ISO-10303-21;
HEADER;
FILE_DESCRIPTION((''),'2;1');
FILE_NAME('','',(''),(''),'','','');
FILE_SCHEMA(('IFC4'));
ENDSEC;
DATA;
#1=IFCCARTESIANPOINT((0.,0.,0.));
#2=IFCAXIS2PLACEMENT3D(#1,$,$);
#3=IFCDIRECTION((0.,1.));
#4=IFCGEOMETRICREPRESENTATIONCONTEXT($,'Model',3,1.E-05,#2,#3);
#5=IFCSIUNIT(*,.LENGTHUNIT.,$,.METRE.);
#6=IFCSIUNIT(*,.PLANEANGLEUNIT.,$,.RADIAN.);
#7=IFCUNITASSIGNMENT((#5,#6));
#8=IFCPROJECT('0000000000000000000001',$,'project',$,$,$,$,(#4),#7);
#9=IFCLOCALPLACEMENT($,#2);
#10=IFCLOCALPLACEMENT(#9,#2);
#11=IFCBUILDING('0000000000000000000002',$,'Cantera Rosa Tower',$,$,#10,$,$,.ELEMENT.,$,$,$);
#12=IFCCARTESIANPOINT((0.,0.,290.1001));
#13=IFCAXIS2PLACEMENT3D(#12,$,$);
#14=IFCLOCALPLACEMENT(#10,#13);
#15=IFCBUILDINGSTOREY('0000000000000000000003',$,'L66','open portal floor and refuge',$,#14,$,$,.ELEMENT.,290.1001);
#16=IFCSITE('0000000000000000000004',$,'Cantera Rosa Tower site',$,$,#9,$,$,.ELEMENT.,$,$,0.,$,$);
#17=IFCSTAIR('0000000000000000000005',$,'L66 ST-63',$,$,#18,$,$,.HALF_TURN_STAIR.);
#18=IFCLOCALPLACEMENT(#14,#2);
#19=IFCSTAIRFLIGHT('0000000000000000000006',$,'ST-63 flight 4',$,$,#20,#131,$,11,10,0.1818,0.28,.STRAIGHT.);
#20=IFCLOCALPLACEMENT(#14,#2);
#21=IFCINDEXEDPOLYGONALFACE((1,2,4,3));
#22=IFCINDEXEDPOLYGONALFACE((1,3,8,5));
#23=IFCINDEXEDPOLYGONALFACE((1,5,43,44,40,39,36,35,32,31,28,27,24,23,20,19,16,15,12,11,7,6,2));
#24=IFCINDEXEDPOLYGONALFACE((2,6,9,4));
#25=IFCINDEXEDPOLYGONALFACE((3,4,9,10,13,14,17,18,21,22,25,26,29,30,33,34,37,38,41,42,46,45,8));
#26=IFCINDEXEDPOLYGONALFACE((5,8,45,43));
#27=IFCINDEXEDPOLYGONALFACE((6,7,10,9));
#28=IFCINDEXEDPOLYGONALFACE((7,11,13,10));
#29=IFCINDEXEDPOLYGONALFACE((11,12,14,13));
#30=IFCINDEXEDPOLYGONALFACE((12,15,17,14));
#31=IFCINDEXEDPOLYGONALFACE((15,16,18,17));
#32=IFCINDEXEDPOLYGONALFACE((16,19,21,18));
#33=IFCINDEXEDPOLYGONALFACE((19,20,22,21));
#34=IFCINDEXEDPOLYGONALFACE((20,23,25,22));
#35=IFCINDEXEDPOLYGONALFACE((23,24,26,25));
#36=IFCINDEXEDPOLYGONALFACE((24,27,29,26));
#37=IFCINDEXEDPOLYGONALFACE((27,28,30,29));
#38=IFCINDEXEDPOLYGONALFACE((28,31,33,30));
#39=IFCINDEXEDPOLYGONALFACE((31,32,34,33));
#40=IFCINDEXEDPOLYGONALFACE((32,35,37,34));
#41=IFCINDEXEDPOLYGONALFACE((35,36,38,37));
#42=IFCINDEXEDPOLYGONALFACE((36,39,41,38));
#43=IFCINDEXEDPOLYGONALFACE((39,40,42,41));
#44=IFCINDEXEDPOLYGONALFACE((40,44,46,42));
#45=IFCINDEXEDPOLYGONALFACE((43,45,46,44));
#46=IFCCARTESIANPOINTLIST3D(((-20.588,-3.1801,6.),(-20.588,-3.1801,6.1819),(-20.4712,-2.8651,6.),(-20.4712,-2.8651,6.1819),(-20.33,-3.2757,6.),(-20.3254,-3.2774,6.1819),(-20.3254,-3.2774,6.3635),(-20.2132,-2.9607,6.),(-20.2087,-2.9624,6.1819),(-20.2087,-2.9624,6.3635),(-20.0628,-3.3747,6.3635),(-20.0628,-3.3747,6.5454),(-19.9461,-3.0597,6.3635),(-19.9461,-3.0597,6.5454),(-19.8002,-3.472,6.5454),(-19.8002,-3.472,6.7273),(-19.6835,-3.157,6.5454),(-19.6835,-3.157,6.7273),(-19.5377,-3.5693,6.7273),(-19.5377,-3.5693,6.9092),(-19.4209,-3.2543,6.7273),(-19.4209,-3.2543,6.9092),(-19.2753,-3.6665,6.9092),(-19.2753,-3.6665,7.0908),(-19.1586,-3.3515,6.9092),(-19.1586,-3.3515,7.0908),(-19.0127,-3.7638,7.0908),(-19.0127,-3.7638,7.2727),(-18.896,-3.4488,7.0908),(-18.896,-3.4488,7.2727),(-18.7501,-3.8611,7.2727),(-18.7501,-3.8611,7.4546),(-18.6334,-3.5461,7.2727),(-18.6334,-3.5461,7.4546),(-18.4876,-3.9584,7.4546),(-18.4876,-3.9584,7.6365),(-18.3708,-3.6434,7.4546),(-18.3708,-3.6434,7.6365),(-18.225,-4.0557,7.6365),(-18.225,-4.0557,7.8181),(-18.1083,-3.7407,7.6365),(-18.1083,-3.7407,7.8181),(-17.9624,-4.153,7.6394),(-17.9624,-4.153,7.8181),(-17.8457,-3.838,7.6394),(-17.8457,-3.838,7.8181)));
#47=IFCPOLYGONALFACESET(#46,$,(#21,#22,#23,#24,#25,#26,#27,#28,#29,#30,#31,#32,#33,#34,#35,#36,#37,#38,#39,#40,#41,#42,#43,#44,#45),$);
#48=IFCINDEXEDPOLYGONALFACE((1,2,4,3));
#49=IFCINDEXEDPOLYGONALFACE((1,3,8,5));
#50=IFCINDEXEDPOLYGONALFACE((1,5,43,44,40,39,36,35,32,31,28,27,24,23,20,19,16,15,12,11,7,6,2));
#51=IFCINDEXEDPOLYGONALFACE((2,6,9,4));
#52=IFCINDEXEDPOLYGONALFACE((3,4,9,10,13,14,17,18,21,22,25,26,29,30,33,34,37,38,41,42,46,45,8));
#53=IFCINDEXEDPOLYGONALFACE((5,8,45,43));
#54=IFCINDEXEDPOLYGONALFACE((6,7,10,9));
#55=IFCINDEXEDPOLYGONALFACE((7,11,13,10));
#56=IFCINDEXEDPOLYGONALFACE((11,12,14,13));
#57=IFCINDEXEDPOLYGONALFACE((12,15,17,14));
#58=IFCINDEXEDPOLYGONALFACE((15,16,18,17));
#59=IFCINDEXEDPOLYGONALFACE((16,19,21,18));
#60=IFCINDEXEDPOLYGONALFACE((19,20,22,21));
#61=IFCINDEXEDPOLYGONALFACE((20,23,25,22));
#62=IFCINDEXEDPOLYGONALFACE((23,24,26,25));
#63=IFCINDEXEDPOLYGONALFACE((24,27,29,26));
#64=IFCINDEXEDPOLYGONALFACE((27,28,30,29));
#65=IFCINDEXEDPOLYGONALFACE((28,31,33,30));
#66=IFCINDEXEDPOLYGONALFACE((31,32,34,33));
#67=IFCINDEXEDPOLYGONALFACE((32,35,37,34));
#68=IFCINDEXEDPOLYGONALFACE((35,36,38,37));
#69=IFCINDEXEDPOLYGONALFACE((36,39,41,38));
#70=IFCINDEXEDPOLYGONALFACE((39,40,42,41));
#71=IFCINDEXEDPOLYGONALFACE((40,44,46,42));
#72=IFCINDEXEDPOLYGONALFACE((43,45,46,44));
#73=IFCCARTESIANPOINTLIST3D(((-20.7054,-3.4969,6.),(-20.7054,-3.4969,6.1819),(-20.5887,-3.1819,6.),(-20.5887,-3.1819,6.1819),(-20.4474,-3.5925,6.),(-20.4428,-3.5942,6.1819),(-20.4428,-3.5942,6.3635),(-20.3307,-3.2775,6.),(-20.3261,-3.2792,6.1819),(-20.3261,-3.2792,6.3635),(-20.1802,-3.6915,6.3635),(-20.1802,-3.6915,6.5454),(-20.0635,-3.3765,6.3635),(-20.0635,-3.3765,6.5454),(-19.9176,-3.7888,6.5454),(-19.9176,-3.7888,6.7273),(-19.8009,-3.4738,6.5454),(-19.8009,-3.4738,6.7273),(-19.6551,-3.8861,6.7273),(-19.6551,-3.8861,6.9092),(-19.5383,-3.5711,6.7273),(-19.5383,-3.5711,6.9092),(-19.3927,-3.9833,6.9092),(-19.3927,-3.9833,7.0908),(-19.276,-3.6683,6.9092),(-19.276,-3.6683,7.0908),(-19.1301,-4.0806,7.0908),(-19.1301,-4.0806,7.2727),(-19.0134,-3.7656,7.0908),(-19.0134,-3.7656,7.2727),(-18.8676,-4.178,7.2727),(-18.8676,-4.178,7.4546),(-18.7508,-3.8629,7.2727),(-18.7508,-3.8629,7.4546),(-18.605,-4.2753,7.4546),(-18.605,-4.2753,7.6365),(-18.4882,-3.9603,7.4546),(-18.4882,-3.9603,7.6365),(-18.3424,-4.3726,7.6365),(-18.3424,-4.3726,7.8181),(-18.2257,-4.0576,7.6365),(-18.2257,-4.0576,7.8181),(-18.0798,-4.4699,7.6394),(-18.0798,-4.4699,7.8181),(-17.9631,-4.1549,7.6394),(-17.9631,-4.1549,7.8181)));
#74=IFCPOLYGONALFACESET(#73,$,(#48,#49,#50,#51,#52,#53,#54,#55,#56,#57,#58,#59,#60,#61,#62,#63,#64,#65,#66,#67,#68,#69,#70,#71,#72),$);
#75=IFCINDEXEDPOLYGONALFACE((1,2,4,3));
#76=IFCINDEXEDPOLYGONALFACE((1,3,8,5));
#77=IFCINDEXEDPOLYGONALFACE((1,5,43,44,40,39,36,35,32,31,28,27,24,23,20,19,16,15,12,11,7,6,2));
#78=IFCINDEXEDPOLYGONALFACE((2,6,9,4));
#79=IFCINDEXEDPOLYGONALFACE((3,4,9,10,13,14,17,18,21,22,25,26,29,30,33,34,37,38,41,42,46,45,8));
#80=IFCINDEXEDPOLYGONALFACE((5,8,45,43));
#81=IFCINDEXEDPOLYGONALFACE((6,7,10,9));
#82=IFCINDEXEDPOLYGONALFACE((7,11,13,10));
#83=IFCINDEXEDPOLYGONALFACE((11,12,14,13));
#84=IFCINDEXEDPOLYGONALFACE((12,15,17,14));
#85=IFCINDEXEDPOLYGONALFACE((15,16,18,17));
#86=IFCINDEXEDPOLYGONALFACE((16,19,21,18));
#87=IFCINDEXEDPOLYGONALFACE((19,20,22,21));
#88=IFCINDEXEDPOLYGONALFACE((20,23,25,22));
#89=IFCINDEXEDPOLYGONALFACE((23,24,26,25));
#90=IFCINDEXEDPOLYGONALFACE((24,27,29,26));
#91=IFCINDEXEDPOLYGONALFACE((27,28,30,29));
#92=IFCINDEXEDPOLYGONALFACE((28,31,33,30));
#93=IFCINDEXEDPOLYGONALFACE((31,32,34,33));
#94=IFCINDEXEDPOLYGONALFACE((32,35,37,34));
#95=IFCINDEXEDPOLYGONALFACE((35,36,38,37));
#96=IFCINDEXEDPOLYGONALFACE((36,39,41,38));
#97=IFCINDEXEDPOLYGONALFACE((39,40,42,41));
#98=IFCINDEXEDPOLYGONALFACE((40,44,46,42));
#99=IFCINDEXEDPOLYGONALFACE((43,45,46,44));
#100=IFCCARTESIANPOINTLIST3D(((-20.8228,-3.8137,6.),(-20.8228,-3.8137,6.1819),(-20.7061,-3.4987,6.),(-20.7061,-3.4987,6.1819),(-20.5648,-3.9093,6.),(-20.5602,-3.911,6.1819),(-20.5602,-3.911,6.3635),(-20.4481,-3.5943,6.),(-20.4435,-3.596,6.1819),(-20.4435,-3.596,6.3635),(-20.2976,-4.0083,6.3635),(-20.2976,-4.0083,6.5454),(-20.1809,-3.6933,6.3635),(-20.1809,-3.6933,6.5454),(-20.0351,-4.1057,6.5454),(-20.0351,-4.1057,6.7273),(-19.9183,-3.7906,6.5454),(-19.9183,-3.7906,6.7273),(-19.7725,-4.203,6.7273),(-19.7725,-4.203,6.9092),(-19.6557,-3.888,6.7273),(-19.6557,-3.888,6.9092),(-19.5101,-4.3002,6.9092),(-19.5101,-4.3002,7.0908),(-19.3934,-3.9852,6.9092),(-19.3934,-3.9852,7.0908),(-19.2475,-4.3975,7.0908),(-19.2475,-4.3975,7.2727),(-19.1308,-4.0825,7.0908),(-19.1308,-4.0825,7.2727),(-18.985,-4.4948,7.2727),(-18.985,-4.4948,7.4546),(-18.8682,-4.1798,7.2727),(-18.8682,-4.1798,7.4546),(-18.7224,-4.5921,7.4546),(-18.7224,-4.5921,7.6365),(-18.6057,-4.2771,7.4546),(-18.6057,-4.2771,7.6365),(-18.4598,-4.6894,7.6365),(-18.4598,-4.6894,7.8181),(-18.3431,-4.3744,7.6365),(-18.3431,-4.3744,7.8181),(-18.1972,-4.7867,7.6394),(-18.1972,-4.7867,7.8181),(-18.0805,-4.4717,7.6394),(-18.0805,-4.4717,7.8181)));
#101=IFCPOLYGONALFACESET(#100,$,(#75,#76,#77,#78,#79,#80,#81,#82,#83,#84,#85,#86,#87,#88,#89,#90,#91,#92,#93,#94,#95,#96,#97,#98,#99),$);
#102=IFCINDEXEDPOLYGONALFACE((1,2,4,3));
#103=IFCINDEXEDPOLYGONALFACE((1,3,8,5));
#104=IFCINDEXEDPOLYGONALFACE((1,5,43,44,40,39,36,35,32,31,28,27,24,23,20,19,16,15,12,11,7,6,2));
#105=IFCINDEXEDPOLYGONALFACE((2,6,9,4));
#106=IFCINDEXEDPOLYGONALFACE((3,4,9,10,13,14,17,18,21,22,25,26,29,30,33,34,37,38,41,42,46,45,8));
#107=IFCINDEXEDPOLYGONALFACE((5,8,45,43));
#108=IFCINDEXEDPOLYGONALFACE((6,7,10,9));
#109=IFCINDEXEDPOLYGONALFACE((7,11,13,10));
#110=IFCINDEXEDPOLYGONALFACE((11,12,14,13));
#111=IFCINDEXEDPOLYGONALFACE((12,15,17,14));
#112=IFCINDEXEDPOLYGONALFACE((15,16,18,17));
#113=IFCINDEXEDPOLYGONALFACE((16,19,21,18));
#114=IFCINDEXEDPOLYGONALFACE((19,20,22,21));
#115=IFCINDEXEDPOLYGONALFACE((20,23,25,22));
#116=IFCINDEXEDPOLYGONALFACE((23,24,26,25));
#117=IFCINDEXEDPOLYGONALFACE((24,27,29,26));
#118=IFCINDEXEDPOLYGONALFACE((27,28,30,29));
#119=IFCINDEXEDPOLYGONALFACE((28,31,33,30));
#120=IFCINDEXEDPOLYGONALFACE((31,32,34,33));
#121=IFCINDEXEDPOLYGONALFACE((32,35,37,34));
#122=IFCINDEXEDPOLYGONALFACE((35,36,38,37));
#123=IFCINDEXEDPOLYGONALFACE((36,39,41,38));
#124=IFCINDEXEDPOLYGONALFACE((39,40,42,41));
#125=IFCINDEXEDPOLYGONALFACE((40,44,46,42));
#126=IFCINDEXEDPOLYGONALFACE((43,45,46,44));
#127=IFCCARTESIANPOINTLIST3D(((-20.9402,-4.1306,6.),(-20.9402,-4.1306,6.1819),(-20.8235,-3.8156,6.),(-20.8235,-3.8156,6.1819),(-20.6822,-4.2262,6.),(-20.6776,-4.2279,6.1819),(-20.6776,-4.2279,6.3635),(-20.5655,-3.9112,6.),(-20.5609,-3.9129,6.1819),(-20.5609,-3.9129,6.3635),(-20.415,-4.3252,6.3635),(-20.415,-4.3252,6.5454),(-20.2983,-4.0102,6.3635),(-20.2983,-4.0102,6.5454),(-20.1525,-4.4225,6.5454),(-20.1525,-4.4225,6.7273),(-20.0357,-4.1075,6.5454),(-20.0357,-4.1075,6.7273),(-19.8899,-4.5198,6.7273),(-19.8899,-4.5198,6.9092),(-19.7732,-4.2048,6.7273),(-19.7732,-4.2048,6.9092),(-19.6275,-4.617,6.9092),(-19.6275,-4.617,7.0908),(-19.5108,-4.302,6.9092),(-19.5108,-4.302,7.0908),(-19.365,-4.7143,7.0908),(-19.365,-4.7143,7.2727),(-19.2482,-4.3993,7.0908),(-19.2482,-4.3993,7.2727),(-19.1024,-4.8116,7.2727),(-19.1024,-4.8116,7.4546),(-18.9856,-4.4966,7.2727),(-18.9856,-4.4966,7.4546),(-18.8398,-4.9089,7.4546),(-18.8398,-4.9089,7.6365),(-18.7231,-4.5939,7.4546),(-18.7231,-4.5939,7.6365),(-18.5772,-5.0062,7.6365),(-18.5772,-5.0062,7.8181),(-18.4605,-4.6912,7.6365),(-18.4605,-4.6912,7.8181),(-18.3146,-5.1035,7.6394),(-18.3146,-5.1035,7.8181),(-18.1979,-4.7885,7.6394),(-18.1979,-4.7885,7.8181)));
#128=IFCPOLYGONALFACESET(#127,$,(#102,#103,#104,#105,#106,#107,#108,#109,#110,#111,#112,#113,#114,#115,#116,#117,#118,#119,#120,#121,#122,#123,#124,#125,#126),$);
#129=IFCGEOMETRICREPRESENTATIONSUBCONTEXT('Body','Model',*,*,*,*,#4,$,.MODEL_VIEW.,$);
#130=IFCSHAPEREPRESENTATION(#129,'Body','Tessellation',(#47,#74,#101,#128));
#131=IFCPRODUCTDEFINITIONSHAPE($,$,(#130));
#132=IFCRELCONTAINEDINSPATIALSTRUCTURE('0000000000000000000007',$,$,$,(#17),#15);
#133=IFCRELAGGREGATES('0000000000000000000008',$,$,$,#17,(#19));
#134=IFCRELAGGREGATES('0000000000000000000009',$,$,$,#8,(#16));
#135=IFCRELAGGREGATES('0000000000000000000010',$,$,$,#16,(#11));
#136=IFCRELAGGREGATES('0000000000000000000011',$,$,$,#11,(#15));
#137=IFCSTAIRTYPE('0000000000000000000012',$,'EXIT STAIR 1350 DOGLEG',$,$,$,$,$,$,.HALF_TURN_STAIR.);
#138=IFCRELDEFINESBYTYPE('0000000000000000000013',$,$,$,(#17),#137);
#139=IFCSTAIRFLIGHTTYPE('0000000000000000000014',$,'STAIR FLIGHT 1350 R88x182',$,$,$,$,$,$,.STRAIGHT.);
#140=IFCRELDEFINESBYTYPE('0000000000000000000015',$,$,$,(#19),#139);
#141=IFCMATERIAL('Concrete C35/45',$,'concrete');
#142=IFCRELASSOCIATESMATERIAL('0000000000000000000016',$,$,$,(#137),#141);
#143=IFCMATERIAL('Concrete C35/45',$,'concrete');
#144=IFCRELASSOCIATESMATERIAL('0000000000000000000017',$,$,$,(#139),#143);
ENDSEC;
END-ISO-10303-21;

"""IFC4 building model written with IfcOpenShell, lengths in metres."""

from ifc_helpers import new_model, si_unit, direction, frame, origin, place, context, subcontext, project, spatial, polyline, outline, extrude, material, type_object, element, aggregate, save


model = new_model("IFC4")

# Units and contexts
model_context = context("Model", 3, precision=1e-05, world=origin(), true_north=direction((0.0, 1.0)))
body_context = subcontext(model_context, "Body", "Model", "MODEL_VIEW")
ifc_project = project(units=[si_unit("LENGTHUNIT", "METRE"), si_unit("PLANEANGLEUNIT", "RADIAN")], contexts=[model_context])

# Site, building, storey
site_placement = place(None, origin())
site = spatial("IfcSite", under=ifc_project, at=site_placement, Name="Cantera Rosa Tower site", CompositionType="ELEMENT", RefElevation=0.0)
building_placement = place(site_placement, origin())
building = spatial("IfcBuilding", under=site, at=building_placement, Name="Cantera Rosa Tower", CompositionType="ELEMENT")
storey_placement = place(building_placement, frame((0.0, 0.0, 290.1001)))
storey = spatial("IfcBuildingStorey", under=building, at=storey_placement, Name="L66", Description="open portal floor and refuge", CompositionType="ELEMENT", Elevation=290.1001)

# Stair, stair flight
ifc_material_1 = material(Name="Concrete C35/45", Category="concrete")
stair_type = type_object("IfcStairType", Name="EXIT STAIR 1350 DOGLEG", PredefinedType="HALF_TURN_STAIR", material=ifc_material_1)
stair_placement = place(storey_placement, origin())
stair = element("IfcStair", 1, at=stair_placement, inside=storey, type_object=stair_type, Name="L66 ST-63", PredefinedType="HALF_TURN_STAIR")
ifc_material_2 = material(Name="Concrete C35/45", Category="concrete")
stair_flight_type = type_object("IfcStairFlightType", Name="STAIR FLIGHT 1350 R88x182", PredefinedType="STRAIGHT", material=ifc_material_2)
stair_flight_1_placement = place(storey_placement, frame((-20.7058, -3.498, 6.0), z_axis=(0.0, 0.0, 1.0), x_axis=(0.937687, -0.347481, 0.0)))
stair_flight_1 = element("IfcStairFlight", 2, at=stair_flight_1_placement, type_object=stair_flight_type, Name="ST-63 flight 4", NumberOfRisers=11, NumberOfTreads=10, PredefinedType="STRAIGHT", RiserHeight=0.1818, TreadLength=0.28, context=body_context, shape_type="SweptSolid", body=[
    extrude(outline(polyline([(0.0, 0.0), (0.0, 0.1819), (0.28, 0.1819), (0.28, 0.3635), (0.5601, 0.3635), (0.5601, 0.5454), (0.8401, 0.5454), (0.8401, 0.7273), (1.1201, 0.7273), (1.1201, 0.9092), (1.3999, 0.9092), (1.3999, 1.0908), (1.6799, 1.0908), (1.6799, 1.2727), (1.96, 1.2727), (1.96, 1.4546), (2.24, 1.4546), (2.24, 1.6365), (2.52, 1.6365), (2.52, 1.8181), (2.8, 1.8181), (2.8, 2.0), (2.8, 1.6394), (0.2751, 0.0), (0.0, 0.0)])), frame((0.0, 0.675, 0.0), z_axis=(0.0, -1.0, 0.0), x_axis=(1.0, 0.0, 0.0)), (0.0, 0.0, 1.0), 0.3359),
    extrude(outline(polyline([(0.0, 0.0), (0.0, 0.1819), (0.28, 0.1819), (0.28, 0.3635), (0.5601, 0.3635), (0.5601, 0.5454), (0.8401, 0.5454), (0.8401, 0.7273), (1.1201, 0.7273), (1.1201, 0.9092), (1.3999, 0.9092), (1.3999, 1.0908), (1.6799, 1.0908), (1.6799, 1.2727), (1.96, 1.2727), (1.96, 1.4546), (2.24, 1.4546), (2.24, 1.6365), (2.52, 1.6365), (2.52, 1.8181), (2.8, 1.8181), (2.8, 2.0), (2.8, 1.6394), (0.2751, 0.0), (0.0, 0.0)])), frame((0.0, 0.3372, 0.0), z_axis=(0.0, -1.0, 0.0), x_axis=(1.0, 0.0, 0.0)), (0.0, 0.0, 1.0), 0.3359),
    extrude(outline(polyline([(0.0, 0.0), (0.0, 0.1819), (0.28, 0.1819), (0.28, 0.3635), (0.5601, 0.3635), (0.5601, 0.5454), (0.8401, 0.5454), (0.8401, 0.7273), (1.1201, 0.7273), (1.1201, 0.9092), (1.3999, 0.9092), (1.3999, 1.0908), (1.6799, 1.0908), (1.6799, 1.2727), (1.96, 1.2727), (1.96, 1.4546), (2.24, 1.4546), (2.24, 1.6365), (2.52, 1.6365), (2.52, 1.8181), (2.8, 1.8181), (2.8, 2.0), (2.8, 1.6394), (0.2751, 0.0), (0.0, 0.0)])), frame((0.0, -0.0007, 0.0), z_axis=(0.0, -1.0, 0.0), x_axis=(1.0, 0.0, 0.0)), (0.0, 0.0, 1.0), 0.3359),
    extrude(outline(polyline([(0.0, 0.0), (0.0, 0.1819), (0.28, 0.1819), (0.28, 0.3635), (0.5601, 0.3635), (0.5601, 0.5454), (0.8401, 0.5454), (0.8401, 0.7273), (1.1201, 0.7273), (1.1201, 0.9092), (1.3999, 0.9092), (1.3999, 1.0908), (1.6799, 1.0908), (1.6799, 1.2727), (1.96, 1.2727), (1.96, 1.4546), (2.24, 1.4546), (2.24, 1.6365), (2.52, 1.6365), (2.52, 1.8181), (2.8, 1.8181), (2.8, 2.0), (2.8, 1.6394), (0.2751, 0.0), (0.0, 0.0)])), frame((0.0, -0.3386, 0.0), z_axis=(0.0, -1.0, 0.0), x_axis=(1.0, 0.0, 0.0)), (0.0, 0.0, 1.0), 0.3359),
])
aggregate(stair, [stair_flight_1])

save(model, "model.ifc")
